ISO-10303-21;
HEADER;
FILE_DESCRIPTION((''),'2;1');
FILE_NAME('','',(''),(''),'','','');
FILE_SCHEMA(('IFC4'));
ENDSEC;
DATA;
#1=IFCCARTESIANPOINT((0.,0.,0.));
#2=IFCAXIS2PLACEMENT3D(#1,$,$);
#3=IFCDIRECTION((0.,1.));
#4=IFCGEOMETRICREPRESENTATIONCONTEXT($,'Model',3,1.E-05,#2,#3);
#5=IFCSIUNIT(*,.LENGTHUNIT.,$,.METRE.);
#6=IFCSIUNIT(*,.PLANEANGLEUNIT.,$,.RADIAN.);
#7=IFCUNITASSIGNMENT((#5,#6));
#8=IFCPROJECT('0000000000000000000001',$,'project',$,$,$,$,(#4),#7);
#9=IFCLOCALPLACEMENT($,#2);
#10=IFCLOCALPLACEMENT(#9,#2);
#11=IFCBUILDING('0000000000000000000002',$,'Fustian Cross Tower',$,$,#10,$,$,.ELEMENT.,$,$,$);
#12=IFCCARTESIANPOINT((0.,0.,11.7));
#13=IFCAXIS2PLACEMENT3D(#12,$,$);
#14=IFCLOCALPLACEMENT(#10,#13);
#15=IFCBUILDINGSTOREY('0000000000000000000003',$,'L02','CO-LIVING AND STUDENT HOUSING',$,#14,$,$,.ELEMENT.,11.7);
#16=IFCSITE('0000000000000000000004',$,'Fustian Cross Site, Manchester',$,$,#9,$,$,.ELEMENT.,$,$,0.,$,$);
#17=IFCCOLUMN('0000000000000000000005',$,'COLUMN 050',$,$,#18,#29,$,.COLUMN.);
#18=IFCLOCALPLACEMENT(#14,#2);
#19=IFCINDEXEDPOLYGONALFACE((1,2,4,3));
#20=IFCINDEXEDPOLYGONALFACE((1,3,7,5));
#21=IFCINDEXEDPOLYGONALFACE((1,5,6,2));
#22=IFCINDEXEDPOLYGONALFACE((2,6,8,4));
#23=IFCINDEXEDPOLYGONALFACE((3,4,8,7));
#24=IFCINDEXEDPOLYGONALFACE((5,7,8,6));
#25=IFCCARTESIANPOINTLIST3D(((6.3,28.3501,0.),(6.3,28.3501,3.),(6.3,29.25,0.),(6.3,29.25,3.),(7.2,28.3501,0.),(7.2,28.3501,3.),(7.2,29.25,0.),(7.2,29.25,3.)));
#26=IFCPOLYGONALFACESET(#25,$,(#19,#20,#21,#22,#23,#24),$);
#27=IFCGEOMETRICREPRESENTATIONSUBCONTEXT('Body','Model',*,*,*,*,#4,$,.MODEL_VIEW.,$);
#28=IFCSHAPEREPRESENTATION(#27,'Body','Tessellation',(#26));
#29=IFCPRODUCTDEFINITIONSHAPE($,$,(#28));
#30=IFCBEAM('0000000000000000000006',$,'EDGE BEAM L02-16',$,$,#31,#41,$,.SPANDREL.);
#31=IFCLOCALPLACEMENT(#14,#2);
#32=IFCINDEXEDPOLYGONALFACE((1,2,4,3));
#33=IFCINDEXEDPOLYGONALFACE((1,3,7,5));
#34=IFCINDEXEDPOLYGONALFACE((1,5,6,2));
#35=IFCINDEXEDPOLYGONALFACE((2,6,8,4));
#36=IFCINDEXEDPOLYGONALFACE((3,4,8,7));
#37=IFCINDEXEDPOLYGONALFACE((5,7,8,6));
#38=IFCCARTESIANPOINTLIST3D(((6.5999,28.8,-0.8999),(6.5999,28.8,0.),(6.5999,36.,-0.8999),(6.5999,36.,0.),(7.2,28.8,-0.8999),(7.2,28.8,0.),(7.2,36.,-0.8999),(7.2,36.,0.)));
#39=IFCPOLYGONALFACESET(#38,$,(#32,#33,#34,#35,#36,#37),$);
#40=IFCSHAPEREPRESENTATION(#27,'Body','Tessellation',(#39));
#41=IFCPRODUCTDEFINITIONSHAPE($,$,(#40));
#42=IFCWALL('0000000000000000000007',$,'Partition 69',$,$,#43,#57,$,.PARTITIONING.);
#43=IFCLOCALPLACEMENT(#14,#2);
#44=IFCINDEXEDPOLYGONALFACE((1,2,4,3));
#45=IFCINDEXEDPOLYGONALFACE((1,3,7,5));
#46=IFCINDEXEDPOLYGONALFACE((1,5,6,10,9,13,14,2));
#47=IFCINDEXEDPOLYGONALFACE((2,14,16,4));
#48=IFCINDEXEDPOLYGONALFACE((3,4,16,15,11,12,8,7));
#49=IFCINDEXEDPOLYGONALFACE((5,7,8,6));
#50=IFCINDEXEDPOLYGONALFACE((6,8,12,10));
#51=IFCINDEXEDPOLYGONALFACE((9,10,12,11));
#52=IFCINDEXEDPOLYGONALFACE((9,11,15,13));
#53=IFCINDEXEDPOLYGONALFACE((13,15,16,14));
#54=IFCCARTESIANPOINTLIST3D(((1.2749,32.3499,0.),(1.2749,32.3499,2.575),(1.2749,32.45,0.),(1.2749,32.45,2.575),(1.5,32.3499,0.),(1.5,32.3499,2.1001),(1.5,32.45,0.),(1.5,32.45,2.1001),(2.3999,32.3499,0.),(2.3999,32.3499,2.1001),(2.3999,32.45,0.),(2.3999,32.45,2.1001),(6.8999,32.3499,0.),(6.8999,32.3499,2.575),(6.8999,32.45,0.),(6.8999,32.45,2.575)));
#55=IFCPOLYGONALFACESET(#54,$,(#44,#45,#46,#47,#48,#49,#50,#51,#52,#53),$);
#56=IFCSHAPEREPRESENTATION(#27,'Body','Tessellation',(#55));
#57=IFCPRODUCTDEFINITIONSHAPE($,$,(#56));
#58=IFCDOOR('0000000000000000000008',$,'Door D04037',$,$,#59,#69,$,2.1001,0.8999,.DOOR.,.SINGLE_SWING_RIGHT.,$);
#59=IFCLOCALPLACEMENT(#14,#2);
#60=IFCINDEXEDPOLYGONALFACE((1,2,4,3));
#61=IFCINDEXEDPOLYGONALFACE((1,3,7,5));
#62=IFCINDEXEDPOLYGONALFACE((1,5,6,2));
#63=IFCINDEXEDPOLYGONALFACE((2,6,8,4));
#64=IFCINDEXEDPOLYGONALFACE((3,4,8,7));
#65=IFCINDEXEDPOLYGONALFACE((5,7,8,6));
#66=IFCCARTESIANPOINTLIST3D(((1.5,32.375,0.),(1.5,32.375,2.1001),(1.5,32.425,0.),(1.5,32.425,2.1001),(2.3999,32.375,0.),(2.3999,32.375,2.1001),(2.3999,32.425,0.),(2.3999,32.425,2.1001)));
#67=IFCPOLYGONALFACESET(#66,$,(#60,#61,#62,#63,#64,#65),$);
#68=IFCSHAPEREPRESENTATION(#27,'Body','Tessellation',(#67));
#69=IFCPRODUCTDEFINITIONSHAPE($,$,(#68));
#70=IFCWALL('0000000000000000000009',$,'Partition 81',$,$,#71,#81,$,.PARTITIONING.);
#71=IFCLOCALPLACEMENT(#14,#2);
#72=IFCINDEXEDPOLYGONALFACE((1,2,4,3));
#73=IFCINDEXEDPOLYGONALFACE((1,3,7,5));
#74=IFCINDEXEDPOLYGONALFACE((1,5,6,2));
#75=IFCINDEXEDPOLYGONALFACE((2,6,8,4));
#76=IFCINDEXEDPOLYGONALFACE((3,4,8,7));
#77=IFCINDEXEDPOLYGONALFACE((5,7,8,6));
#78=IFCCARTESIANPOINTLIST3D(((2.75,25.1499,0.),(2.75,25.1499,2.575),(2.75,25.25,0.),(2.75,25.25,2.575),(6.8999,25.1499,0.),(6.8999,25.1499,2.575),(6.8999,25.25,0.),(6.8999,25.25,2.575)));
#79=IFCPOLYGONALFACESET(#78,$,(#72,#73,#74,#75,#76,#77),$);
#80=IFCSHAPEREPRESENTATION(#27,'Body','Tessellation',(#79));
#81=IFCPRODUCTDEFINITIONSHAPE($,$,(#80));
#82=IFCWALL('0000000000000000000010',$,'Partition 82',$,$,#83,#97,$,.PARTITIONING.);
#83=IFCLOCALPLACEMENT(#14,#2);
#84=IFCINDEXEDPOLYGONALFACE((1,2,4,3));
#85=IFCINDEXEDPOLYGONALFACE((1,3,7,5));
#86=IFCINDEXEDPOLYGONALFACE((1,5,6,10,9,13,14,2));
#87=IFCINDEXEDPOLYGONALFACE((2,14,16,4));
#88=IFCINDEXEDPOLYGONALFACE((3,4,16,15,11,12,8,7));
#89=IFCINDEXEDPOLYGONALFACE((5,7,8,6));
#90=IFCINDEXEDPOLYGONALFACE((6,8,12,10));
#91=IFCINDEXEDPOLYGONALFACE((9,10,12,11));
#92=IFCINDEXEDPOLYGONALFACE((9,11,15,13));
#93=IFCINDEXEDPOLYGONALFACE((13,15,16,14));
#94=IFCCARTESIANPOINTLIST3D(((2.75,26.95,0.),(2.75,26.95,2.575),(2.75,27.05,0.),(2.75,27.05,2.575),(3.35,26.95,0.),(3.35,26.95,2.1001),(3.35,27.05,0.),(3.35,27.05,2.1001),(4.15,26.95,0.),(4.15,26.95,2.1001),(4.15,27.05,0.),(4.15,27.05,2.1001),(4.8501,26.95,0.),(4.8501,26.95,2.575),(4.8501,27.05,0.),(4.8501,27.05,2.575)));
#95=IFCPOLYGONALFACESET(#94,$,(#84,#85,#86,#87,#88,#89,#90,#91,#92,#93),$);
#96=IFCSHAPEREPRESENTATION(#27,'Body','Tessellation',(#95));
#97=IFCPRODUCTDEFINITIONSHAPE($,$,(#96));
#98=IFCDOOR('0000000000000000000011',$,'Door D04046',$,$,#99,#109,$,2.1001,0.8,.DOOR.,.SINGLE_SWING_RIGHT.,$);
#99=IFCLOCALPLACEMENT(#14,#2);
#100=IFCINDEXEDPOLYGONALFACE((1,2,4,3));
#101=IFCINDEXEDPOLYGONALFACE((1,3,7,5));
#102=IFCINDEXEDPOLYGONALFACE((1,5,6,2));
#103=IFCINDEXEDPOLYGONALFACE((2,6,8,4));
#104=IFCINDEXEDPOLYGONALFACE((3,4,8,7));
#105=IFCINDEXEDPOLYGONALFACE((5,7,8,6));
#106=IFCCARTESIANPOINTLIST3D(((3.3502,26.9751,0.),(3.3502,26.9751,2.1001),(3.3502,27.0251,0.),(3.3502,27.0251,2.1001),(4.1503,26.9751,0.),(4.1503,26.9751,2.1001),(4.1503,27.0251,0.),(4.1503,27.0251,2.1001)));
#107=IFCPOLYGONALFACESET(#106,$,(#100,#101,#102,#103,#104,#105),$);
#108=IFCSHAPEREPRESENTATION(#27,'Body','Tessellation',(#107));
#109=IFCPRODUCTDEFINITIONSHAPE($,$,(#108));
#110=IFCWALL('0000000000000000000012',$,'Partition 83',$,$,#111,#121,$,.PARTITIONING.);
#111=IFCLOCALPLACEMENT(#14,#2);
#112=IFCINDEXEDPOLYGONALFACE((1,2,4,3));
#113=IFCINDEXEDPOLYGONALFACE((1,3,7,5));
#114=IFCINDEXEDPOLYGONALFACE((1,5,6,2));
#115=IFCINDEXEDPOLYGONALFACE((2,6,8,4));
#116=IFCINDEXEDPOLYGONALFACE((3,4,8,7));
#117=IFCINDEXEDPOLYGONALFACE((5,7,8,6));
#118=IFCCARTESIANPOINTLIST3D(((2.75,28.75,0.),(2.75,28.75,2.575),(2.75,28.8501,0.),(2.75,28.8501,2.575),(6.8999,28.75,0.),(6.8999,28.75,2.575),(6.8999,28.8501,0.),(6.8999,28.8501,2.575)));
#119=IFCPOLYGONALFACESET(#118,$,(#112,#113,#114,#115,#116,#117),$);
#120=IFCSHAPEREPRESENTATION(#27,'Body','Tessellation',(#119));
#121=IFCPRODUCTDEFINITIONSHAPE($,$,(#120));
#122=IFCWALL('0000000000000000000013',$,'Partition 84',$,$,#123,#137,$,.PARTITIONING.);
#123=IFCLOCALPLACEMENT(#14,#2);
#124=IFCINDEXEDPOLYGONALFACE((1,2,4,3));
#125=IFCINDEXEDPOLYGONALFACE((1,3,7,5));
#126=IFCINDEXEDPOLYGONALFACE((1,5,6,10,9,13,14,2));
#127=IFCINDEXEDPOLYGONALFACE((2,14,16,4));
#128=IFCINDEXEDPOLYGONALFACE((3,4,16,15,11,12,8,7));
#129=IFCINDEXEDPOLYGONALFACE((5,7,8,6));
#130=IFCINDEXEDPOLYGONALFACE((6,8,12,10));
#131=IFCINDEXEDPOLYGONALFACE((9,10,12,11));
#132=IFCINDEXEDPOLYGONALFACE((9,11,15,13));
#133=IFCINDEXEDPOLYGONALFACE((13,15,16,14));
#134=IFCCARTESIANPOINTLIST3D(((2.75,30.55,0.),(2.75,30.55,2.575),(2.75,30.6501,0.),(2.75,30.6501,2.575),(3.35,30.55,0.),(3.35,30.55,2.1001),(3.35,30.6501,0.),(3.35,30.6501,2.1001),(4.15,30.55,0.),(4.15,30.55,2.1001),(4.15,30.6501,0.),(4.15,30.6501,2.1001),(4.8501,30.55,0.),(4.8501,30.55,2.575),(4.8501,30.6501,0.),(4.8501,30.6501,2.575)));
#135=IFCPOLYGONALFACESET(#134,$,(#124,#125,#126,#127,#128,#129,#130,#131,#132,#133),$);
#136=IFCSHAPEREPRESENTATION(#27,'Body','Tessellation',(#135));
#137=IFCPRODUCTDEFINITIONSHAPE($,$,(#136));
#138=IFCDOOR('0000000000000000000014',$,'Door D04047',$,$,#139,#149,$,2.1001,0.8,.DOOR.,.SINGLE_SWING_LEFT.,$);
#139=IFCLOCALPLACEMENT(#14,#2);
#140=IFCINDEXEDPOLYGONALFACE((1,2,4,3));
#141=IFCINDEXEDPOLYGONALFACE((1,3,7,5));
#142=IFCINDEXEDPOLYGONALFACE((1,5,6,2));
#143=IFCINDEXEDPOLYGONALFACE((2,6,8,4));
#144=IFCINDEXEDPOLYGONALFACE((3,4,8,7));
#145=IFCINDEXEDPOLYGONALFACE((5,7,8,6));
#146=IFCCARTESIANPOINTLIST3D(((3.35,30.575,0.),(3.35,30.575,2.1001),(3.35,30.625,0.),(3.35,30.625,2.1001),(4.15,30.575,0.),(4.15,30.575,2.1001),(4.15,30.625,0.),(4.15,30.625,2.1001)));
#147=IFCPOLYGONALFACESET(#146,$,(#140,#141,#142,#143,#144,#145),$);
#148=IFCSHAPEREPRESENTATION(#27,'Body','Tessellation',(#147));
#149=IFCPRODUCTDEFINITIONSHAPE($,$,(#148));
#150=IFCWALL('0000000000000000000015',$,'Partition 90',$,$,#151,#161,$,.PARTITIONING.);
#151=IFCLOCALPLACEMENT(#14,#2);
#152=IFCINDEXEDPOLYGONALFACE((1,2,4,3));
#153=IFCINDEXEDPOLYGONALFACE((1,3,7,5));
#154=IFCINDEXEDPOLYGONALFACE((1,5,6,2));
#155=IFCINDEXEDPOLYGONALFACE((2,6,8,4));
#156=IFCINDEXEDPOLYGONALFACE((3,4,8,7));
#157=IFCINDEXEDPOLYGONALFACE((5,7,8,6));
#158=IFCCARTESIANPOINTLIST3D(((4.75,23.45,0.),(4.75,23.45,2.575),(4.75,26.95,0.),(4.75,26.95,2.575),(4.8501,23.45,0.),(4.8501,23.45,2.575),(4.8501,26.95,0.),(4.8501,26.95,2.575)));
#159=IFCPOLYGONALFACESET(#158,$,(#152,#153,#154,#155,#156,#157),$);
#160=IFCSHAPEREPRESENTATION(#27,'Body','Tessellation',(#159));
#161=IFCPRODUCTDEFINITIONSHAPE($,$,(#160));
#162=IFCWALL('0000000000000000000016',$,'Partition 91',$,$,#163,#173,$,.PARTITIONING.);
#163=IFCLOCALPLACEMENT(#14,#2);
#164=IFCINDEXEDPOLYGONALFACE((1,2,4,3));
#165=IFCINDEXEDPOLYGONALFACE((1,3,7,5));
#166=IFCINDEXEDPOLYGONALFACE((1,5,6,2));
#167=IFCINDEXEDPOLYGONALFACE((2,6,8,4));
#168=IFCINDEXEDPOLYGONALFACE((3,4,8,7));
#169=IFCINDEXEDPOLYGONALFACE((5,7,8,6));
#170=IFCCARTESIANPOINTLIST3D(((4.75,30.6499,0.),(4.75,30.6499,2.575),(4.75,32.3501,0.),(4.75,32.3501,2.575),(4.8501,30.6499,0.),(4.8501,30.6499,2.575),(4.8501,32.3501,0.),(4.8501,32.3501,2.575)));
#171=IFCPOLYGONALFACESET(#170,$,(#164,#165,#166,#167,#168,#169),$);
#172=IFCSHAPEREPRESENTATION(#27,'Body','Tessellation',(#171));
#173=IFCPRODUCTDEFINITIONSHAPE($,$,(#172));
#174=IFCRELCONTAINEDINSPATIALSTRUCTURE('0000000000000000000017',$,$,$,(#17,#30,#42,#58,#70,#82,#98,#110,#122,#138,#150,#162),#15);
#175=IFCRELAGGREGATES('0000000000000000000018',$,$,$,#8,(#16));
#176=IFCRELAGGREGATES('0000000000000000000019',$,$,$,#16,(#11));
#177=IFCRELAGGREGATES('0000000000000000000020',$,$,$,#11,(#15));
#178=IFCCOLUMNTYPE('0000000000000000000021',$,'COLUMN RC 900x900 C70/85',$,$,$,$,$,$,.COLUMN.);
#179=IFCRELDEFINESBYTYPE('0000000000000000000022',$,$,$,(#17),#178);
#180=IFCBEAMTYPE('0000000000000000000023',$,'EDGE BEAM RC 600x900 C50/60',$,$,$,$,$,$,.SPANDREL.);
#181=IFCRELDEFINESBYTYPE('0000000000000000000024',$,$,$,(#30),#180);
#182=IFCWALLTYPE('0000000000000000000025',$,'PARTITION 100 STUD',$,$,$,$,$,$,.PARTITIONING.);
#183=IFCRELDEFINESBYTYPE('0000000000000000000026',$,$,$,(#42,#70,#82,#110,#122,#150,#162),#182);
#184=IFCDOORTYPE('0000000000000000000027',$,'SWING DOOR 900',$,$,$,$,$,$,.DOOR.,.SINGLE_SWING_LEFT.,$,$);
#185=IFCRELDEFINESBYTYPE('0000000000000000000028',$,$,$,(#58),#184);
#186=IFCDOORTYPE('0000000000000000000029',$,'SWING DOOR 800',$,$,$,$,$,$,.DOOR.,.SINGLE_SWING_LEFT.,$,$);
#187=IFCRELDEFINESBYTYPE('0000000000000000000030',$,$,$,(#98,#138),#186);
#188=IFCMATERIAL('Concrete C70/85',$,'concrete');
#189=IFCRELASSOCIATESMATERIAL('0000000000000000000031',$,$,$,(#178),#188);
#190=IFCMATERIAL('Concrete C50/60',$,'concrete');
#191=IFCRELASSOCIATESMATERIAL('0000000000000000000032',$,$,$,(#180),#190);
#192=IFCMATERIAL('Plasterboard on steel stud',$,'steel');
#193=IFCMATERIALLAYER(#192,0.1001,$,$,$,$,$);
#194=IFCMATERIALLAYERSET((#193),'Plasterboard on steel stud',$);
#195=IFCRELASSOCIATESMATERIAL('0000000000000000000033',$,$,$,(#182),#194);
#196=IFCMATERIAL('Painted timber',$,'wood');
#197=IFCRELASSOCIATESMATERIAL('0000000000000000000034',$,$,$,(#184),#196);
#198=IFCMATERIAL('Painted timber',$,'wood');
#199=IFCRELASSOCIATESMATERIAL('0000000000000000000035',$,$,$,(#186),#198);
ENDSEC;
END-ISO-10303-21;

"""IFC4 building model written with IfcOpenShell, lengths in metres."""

from ifc_helpers import new_model, si_unit, direction, frame, frame_2d, origin, origin_2d, place, context, subcontext, project, spatial, rectangle, extrude, material, layer, layer_set, material_profile, profile_set, type_object, element, fill, save


model = new_model("IFC4")

# Units and contexts
model_context = context("Model", 3, precision=1e-05, world=origin(), true_north=direction((0.0, 1.0)))
body_context = subcontext(model_context, "Body", "Model", "MODEL_VIEW")
ifc_project = project(units=[si_unit("LENGTHUNIT", "METRE"), si_unit("PLANEANGLEUNIT", "RADIAN")], contexts=[model_context])

# Site, building, storey
site_placement = place(None, origin())
site = spatial("IfcSite", under=ifc_project, at=site_placement, Name="Fustian Cross Site, Manchester", CompositionType="ELEMENT", RefElevation=0.0)
building_placement = place(site_placement, origin())
building = spatial("IfcBuilding", under=site, at=building_placement, Name="Fustian Cross Tower", CompositionType="ELEMENT")
storey_placement = place(building_placement, frame((0.0, 0.0, 11.7)))
storey = spatial("IfcBuildingStorey", under=building, at=storey_placement, Name="L02", Description="CO-LIVING AND STUDENT HOUSING", CompositionType="ELEMENT", Elevation=11.7)

# Column
ifc_material_1 = material(Name="Concrete C70/85", Category="concrete")
ifc_material_profile_1 = material_profile(ifc_material_1, rectangle(XDim=0.8999, YDim=0.8999, at=origin_2d()), Name="RC 900x900")
ifc_profile_set_1 = profile_set([ifc_material_profile_1], Name="Concrete C70/85")
column_type = type_object("IfcColumnType", Name="COLUMN RC 900x900 C70/85", PredefinedType="COLUMN", material=ifc_profile_set_1)
column_placement = place(storey_placement, frame((6.75, 28.8, 0.0), z_axis=(0.0, 0.0, 1.0), x_axis=(1.0, 0.0, 0.0)))
element("IfcColumn", 1, at=column_placement, inside=storey, type_object=column_type, Name="COLUMN 050", PredefinedType="COLUMN", context=body_context, shape_type="SweptSolid", body=[
    extrude(rectangle(XDim=0.8999, YDim=0.8999, at=origin_2d()), origin(), (0.0, 0.0, 1.0), 3.0),
])

# Beam
ifc_material_2 = material(Name="Concrete C50/60", Category="concrete")
ifc_material_profile_2 = material_profile(ifc_material_2, rectangle(XDim=0.6001, YDim=0.8999, at=origin_2d()), Name="RC 600x900")
ifc_profile_set_2 = profile_set([ifc_material_profile_2], Name="Concrete C50/60")
beam_type = type_object("IfcBeamType", Name="EDGE BEAM RC 600x900 C50/60", PredefinedType="SPANDREL", material=ifc_profile_set_2)
beam_placement = place(storey_placement, frame((6.8999, 28.8, -0.45), z_axis=(0.0, 1.0, 0.0), x_axis=(-1.0, 0.0, 0.0)))
element("IfcBeam", 2, at=beam_placement, inside=storey, type_object=beam_type, Name="EDGE BEAM L02-16", PredefinedType="SPANDREL", context=body_context, shape_type="SweptSolid", body=[
    extrude(rectangle(XDim=0.6001, YDim=0.8999, at=origin_2d()), origin(), (0.0, 0.0, 1.0), 7.2),
])

# Wall, opening, door
ifc_material_3 = material(Name="Plasterboard on steel stud", Category="steel")
ifc_layer_1 = layer(ifc_material_3, 0.1001)
ifc_layer_set_1 = layer_set([ifc_layer_1], Name="Plasterboard on steel stud")
wall_type_1 = type_object("IfcWallType", Name="PARTITION 100 STUD", PredefinedType="PARTITIONING", material=ifc_layer_set_1)
wall_1_placement = place(storey_placement, frame((1.2749, 32.3999, 0.0), z_axis=(0.0, 0.0, 1.0), x_axis=(1.0, 0.0, 0.0)))
wall_1 = element("IfcWall", 3, at=wall_1_placement, inside=storey, type_object=wall_type_1, Name="Partition 69", PredefinedType="PARTITIONING", context=body_context, shape_type="SweptSolid", body=[
    extrude(rectangle(XDim=5.625, YDim=0.1001, at=frame_2d((2.8125, 0.0))), origin(), (0.0, 0.0, 1.0), 2.575),
])
opening_1_placement = place(wall_1_placement, frame((0.2251, 0.0, 0.0)))
opening_1 = element("IfcOpeningElement", 4, at=opening_1_placement, cuts=wall_1, PredefinedType="OPENING", context=body_context, shape_type="SweptSolid", body=[
    extrude(rectangle(XDim=0.8999, YDim=2.1001, at=frame_2d((0.45, 1.05))), frame((0.0, 0.0601, 0.0), z_axis=(0.0, -1.0, 0.0), x_axis=(1.0, 0.0, 0.0)), (0.0, 0.0, 1.0), 0.1201),
])
ifc_material_4 = material(Name="Painted timber", Category="wood")
door_type_1 = type_object("IfcDoorType", Name="SWING DOOR 900", OperationType="SINGLE_SWING_LEFT", PredefinedType="DOOR", material=ifc_material_4)
door_1_placement = place(opening_1_placement, frame((0.8999, 0.0, 0.0), z_axis=(0.0, 0.0, 1.0), x_axis=(-1.0, 0.0, 0.0)))
door_1 = element("IfcDoor", 5, at=door_1_placement, inside=storey, type_object=door_type_1, Name="Door D04037", OperationType="SINGLE_SWING_RIGHT", OverallHeight=2.1001, OverallWidth=0.8999, PredefinedType="DOOR", context=body_context, shape_type="SweptSolid", body=[
    extrude(rectangle(XDim=0.8999, YDim=2.1001, at=frame_2d((0.45, 1.05))), frame((0.0, 0.0249, 0.0), z_axis=(0.0, -1.0, 0.0), x_axis=(1.0, 0.0, 0.0)), (0.0, 0.0, 1.0), 0.05),
])
fill(opening_1, door_1)

# Wall
wall_2_placement = place(storey_placement, frame((2.75, 25.2, 0.0), z_axis=(0.0, 0.0, 1.0), x_axis=(1.0, 0.0, 0.0)))
element("IfcWall", 6, at=wall_2_placement, inside=storey, type_object=wall_type_1, Name="Partition 81", PredefinedType="PARTITIONING", context=body_context, shape_type="SweptSolid", body=[
    extrude(rectangle(XDim=4.1499, YDim=0.1001, at=frame_2d((2.075, 0.0))), origin(), (0.0, 0.0, 1.0), 2.575),
])

# Wall, opening, door
wall_3_placement = place(storey_placement, frame((2.75, 27.0, 0.0), z_axis=(0.0, 0.0, 1.0), x_axis=(1.0, 0.0, 0.0)))
wall_3 = element("IfcWall", 7, at=wall_3_placement, inside=storey, type_object=wall_type_1, Name="Partition 82", PredefinedType="PARTITIONING", context=body_context, shape_type="SweptSolid", body=[
    extrude(rectangle(XDim=2.1001, YDim=0.1001, at=frame_2d((1.05, 0.0))), origin(), (0.0, 0.0, 1.0), 2.575),
])
opening_2_placement = place(wall_3_placement, frame((0.6001, 0.0, 0.0)))
opening_2 = element("IfcOpeningElement", 8, at=opening_2_placement, cuts=wall_3, PredefinedType="OPENING", context=body_context, shape_type="SweptSolid", body=[
    extrude(rectangle(XDim=0.8, YDim=2.1001, at=frame_2d((0.3999, 1.05))), frame((0.0, 0.0601, 0.0), z_axis=(0.0, -1.0, 0.0), x_axis=(1.0, 0.0, 0.0)), (0.0, 0.0, 1.0), 0.1201),
])
ifc_material_5 = material(Name="Painted timber", Category="wood")
door_type_2 = type_object("IfcDoorType", Name="SWING DOOR 800", OperationType="SINGLE_SWING_LEFT", PredefinedType="DOOR", material=ifc_material_5)
door_2_placement = place(opening_2_placement, frame((0.8, 0.0, 0.0), z_axis=(0.0, 0.0, 1.0), x_axis=(-1.0, 0.0, 0.0)))
door_2 = element("IfcDoor", 9, at=door_2_placement, inside=storey, type_object=door_type_2, Name="Door D04046", OperationType="SINGLE_SWING_RIGHT", OverallHeight=2.1001, OverallWidth=0.8, PredefinedType="DOOR", context=body_context, shape_type="SweptSolid", body=[
    extrude(rectangle(XDim=0.8, YDim=2.1001, at=frame_2d((0.3999, 1.05))), frame((0.0, 0.0249, 0.0), z_axis=(0.0, -1.0, 0.0), x_axis=(1.0, 0.0, 0.0)), (0.0, 0.0, 1.0), 0.05),
])
fill(opening_2, door_2)

# Wall
wall_4_placement = place(storey_placement, frame((2.75, 28.8, 0.0), z_axis=(0.0, 0.0, 1.0), x_axis=(1.0, 0.0, 0.0)))
element("IfcWall", 10, at=wall_4_placement, inside=storey, type_object=wall_type_1, Name="Partition 83", PredefinedType="PARTITIONING", context=body_context, shape_type="SweptSolid", body=[
    extrude(rectangle(XDim=4.1499, YDim=0.1001, at=frame_2d((2.075, 0.0))), origin(), (0.0, 0.0, 1.0), 2.575),
])

# Wall, opening, door
wall_5_placement = place(storey_placement, frame((2.75, 30.6001, 0.0), z_axis=(0.0, 0.0, 1.0), x_axis=(1.0, 0.0, 0.0)))
wall_5 = element("IfcWall", 11, at=wall_5_placement, inside=storey, type_object=wall_type_1, Name="Partition 84", PredefinedType="PARTITIONING", context=body_context, shape_type="SweptSolid", body=[
    extrude(rectangle(XDim=2.1001, YDim=0.1001, at=frame_2d((1.05, 0.0))), origin(), (0.0, 0.0, 1.0), 2.575),
])
opening_3_placement = place(wall_5_placement, frame((0.6001, 0.0, 0.0)))
opening_3 = element("IfcOpeningElement", 12, at=opening_3_placement, cuts=wall_5, PredefinedType="OPENING", context=body_context, shape_type="SweptSolid", body=[
    extrude(rectangle(XDim=0.8, YDim=2.1001, at=frame_2d((0.3999, 1.05))), frame((0.0, 0.0601, 0.0), z_axis=(0.0, -1.0, 0.0), x_axis=(1.0, 0.0, 0.0)), (0.0, 0.0, 1.0), 0.1201),
])
door_3_placement = place(opening_3_placement, origin())
door_3 = element("IfcDoor", 13, at=door_3_placement, inside=storey, type_object=door_type_2, Name="Door D04047", OperationType="SINGLE_SWING_LEFT", OverallHeight=2.1001, OverallWidth=0.8, PredefinedType="DOOR", context=body_context, shape_type="SweptSolid", body=[
    extrude(rectangle(XDim=0.8, YDim=2.1001, at=frame_2d((0.3999, 1.05))), frame((0.0, 0.0249, 0.0), z_axis=(0.0, -1.0, 0.0), x_axis=(1.0, 0.0, 0.0)), (0.0, 0.0, 1.0), 0.05),
])
fill(opening_3, door_3)

# Walls
wall_6_placement = place(storey_placement, frame((4.8, 23.45, 0.0), z_axis=(0.0, 0.0, 1.0), x_axis=(0.0, 1.0, 0.0)))
element("IfcWall", 14, at=wall_6_placement, inside=storey, type_object=wall_type_1, Name="Partition 90", PredefinedType="PARTITIONING", context=body_context, shape_type="SweptSolid", body=[
    extrude(rectangle(XDim=3.5, YDim=0.1001, at=frame_2d((1.75, 0.0))), origin(), (0.0, 0.0, 1.0), 2.575),
])
wall_7_placement = place(storey_placement, frame((4.8, 30.6499, 0.0), z_axis=(0.0, 0.0, 1.0), x_axis=(0.0, 1.0, 0.0)))
element("IfcWall", 15, at=wall_7_placement, inside=storey, type_object=wall_type_1, Name="Partition 91", PredefinedType="PARTITIONING", context=body_context, shape_type="SweptSolid", body=[
    extrude(rectangle(XDim=1.7002, YDim=0.1001, at=frame_2d((0.8501, 0.0))), origin(), (0.0, 0.0, 1.0), 2.575),
])

save(model, "model.ifc")
